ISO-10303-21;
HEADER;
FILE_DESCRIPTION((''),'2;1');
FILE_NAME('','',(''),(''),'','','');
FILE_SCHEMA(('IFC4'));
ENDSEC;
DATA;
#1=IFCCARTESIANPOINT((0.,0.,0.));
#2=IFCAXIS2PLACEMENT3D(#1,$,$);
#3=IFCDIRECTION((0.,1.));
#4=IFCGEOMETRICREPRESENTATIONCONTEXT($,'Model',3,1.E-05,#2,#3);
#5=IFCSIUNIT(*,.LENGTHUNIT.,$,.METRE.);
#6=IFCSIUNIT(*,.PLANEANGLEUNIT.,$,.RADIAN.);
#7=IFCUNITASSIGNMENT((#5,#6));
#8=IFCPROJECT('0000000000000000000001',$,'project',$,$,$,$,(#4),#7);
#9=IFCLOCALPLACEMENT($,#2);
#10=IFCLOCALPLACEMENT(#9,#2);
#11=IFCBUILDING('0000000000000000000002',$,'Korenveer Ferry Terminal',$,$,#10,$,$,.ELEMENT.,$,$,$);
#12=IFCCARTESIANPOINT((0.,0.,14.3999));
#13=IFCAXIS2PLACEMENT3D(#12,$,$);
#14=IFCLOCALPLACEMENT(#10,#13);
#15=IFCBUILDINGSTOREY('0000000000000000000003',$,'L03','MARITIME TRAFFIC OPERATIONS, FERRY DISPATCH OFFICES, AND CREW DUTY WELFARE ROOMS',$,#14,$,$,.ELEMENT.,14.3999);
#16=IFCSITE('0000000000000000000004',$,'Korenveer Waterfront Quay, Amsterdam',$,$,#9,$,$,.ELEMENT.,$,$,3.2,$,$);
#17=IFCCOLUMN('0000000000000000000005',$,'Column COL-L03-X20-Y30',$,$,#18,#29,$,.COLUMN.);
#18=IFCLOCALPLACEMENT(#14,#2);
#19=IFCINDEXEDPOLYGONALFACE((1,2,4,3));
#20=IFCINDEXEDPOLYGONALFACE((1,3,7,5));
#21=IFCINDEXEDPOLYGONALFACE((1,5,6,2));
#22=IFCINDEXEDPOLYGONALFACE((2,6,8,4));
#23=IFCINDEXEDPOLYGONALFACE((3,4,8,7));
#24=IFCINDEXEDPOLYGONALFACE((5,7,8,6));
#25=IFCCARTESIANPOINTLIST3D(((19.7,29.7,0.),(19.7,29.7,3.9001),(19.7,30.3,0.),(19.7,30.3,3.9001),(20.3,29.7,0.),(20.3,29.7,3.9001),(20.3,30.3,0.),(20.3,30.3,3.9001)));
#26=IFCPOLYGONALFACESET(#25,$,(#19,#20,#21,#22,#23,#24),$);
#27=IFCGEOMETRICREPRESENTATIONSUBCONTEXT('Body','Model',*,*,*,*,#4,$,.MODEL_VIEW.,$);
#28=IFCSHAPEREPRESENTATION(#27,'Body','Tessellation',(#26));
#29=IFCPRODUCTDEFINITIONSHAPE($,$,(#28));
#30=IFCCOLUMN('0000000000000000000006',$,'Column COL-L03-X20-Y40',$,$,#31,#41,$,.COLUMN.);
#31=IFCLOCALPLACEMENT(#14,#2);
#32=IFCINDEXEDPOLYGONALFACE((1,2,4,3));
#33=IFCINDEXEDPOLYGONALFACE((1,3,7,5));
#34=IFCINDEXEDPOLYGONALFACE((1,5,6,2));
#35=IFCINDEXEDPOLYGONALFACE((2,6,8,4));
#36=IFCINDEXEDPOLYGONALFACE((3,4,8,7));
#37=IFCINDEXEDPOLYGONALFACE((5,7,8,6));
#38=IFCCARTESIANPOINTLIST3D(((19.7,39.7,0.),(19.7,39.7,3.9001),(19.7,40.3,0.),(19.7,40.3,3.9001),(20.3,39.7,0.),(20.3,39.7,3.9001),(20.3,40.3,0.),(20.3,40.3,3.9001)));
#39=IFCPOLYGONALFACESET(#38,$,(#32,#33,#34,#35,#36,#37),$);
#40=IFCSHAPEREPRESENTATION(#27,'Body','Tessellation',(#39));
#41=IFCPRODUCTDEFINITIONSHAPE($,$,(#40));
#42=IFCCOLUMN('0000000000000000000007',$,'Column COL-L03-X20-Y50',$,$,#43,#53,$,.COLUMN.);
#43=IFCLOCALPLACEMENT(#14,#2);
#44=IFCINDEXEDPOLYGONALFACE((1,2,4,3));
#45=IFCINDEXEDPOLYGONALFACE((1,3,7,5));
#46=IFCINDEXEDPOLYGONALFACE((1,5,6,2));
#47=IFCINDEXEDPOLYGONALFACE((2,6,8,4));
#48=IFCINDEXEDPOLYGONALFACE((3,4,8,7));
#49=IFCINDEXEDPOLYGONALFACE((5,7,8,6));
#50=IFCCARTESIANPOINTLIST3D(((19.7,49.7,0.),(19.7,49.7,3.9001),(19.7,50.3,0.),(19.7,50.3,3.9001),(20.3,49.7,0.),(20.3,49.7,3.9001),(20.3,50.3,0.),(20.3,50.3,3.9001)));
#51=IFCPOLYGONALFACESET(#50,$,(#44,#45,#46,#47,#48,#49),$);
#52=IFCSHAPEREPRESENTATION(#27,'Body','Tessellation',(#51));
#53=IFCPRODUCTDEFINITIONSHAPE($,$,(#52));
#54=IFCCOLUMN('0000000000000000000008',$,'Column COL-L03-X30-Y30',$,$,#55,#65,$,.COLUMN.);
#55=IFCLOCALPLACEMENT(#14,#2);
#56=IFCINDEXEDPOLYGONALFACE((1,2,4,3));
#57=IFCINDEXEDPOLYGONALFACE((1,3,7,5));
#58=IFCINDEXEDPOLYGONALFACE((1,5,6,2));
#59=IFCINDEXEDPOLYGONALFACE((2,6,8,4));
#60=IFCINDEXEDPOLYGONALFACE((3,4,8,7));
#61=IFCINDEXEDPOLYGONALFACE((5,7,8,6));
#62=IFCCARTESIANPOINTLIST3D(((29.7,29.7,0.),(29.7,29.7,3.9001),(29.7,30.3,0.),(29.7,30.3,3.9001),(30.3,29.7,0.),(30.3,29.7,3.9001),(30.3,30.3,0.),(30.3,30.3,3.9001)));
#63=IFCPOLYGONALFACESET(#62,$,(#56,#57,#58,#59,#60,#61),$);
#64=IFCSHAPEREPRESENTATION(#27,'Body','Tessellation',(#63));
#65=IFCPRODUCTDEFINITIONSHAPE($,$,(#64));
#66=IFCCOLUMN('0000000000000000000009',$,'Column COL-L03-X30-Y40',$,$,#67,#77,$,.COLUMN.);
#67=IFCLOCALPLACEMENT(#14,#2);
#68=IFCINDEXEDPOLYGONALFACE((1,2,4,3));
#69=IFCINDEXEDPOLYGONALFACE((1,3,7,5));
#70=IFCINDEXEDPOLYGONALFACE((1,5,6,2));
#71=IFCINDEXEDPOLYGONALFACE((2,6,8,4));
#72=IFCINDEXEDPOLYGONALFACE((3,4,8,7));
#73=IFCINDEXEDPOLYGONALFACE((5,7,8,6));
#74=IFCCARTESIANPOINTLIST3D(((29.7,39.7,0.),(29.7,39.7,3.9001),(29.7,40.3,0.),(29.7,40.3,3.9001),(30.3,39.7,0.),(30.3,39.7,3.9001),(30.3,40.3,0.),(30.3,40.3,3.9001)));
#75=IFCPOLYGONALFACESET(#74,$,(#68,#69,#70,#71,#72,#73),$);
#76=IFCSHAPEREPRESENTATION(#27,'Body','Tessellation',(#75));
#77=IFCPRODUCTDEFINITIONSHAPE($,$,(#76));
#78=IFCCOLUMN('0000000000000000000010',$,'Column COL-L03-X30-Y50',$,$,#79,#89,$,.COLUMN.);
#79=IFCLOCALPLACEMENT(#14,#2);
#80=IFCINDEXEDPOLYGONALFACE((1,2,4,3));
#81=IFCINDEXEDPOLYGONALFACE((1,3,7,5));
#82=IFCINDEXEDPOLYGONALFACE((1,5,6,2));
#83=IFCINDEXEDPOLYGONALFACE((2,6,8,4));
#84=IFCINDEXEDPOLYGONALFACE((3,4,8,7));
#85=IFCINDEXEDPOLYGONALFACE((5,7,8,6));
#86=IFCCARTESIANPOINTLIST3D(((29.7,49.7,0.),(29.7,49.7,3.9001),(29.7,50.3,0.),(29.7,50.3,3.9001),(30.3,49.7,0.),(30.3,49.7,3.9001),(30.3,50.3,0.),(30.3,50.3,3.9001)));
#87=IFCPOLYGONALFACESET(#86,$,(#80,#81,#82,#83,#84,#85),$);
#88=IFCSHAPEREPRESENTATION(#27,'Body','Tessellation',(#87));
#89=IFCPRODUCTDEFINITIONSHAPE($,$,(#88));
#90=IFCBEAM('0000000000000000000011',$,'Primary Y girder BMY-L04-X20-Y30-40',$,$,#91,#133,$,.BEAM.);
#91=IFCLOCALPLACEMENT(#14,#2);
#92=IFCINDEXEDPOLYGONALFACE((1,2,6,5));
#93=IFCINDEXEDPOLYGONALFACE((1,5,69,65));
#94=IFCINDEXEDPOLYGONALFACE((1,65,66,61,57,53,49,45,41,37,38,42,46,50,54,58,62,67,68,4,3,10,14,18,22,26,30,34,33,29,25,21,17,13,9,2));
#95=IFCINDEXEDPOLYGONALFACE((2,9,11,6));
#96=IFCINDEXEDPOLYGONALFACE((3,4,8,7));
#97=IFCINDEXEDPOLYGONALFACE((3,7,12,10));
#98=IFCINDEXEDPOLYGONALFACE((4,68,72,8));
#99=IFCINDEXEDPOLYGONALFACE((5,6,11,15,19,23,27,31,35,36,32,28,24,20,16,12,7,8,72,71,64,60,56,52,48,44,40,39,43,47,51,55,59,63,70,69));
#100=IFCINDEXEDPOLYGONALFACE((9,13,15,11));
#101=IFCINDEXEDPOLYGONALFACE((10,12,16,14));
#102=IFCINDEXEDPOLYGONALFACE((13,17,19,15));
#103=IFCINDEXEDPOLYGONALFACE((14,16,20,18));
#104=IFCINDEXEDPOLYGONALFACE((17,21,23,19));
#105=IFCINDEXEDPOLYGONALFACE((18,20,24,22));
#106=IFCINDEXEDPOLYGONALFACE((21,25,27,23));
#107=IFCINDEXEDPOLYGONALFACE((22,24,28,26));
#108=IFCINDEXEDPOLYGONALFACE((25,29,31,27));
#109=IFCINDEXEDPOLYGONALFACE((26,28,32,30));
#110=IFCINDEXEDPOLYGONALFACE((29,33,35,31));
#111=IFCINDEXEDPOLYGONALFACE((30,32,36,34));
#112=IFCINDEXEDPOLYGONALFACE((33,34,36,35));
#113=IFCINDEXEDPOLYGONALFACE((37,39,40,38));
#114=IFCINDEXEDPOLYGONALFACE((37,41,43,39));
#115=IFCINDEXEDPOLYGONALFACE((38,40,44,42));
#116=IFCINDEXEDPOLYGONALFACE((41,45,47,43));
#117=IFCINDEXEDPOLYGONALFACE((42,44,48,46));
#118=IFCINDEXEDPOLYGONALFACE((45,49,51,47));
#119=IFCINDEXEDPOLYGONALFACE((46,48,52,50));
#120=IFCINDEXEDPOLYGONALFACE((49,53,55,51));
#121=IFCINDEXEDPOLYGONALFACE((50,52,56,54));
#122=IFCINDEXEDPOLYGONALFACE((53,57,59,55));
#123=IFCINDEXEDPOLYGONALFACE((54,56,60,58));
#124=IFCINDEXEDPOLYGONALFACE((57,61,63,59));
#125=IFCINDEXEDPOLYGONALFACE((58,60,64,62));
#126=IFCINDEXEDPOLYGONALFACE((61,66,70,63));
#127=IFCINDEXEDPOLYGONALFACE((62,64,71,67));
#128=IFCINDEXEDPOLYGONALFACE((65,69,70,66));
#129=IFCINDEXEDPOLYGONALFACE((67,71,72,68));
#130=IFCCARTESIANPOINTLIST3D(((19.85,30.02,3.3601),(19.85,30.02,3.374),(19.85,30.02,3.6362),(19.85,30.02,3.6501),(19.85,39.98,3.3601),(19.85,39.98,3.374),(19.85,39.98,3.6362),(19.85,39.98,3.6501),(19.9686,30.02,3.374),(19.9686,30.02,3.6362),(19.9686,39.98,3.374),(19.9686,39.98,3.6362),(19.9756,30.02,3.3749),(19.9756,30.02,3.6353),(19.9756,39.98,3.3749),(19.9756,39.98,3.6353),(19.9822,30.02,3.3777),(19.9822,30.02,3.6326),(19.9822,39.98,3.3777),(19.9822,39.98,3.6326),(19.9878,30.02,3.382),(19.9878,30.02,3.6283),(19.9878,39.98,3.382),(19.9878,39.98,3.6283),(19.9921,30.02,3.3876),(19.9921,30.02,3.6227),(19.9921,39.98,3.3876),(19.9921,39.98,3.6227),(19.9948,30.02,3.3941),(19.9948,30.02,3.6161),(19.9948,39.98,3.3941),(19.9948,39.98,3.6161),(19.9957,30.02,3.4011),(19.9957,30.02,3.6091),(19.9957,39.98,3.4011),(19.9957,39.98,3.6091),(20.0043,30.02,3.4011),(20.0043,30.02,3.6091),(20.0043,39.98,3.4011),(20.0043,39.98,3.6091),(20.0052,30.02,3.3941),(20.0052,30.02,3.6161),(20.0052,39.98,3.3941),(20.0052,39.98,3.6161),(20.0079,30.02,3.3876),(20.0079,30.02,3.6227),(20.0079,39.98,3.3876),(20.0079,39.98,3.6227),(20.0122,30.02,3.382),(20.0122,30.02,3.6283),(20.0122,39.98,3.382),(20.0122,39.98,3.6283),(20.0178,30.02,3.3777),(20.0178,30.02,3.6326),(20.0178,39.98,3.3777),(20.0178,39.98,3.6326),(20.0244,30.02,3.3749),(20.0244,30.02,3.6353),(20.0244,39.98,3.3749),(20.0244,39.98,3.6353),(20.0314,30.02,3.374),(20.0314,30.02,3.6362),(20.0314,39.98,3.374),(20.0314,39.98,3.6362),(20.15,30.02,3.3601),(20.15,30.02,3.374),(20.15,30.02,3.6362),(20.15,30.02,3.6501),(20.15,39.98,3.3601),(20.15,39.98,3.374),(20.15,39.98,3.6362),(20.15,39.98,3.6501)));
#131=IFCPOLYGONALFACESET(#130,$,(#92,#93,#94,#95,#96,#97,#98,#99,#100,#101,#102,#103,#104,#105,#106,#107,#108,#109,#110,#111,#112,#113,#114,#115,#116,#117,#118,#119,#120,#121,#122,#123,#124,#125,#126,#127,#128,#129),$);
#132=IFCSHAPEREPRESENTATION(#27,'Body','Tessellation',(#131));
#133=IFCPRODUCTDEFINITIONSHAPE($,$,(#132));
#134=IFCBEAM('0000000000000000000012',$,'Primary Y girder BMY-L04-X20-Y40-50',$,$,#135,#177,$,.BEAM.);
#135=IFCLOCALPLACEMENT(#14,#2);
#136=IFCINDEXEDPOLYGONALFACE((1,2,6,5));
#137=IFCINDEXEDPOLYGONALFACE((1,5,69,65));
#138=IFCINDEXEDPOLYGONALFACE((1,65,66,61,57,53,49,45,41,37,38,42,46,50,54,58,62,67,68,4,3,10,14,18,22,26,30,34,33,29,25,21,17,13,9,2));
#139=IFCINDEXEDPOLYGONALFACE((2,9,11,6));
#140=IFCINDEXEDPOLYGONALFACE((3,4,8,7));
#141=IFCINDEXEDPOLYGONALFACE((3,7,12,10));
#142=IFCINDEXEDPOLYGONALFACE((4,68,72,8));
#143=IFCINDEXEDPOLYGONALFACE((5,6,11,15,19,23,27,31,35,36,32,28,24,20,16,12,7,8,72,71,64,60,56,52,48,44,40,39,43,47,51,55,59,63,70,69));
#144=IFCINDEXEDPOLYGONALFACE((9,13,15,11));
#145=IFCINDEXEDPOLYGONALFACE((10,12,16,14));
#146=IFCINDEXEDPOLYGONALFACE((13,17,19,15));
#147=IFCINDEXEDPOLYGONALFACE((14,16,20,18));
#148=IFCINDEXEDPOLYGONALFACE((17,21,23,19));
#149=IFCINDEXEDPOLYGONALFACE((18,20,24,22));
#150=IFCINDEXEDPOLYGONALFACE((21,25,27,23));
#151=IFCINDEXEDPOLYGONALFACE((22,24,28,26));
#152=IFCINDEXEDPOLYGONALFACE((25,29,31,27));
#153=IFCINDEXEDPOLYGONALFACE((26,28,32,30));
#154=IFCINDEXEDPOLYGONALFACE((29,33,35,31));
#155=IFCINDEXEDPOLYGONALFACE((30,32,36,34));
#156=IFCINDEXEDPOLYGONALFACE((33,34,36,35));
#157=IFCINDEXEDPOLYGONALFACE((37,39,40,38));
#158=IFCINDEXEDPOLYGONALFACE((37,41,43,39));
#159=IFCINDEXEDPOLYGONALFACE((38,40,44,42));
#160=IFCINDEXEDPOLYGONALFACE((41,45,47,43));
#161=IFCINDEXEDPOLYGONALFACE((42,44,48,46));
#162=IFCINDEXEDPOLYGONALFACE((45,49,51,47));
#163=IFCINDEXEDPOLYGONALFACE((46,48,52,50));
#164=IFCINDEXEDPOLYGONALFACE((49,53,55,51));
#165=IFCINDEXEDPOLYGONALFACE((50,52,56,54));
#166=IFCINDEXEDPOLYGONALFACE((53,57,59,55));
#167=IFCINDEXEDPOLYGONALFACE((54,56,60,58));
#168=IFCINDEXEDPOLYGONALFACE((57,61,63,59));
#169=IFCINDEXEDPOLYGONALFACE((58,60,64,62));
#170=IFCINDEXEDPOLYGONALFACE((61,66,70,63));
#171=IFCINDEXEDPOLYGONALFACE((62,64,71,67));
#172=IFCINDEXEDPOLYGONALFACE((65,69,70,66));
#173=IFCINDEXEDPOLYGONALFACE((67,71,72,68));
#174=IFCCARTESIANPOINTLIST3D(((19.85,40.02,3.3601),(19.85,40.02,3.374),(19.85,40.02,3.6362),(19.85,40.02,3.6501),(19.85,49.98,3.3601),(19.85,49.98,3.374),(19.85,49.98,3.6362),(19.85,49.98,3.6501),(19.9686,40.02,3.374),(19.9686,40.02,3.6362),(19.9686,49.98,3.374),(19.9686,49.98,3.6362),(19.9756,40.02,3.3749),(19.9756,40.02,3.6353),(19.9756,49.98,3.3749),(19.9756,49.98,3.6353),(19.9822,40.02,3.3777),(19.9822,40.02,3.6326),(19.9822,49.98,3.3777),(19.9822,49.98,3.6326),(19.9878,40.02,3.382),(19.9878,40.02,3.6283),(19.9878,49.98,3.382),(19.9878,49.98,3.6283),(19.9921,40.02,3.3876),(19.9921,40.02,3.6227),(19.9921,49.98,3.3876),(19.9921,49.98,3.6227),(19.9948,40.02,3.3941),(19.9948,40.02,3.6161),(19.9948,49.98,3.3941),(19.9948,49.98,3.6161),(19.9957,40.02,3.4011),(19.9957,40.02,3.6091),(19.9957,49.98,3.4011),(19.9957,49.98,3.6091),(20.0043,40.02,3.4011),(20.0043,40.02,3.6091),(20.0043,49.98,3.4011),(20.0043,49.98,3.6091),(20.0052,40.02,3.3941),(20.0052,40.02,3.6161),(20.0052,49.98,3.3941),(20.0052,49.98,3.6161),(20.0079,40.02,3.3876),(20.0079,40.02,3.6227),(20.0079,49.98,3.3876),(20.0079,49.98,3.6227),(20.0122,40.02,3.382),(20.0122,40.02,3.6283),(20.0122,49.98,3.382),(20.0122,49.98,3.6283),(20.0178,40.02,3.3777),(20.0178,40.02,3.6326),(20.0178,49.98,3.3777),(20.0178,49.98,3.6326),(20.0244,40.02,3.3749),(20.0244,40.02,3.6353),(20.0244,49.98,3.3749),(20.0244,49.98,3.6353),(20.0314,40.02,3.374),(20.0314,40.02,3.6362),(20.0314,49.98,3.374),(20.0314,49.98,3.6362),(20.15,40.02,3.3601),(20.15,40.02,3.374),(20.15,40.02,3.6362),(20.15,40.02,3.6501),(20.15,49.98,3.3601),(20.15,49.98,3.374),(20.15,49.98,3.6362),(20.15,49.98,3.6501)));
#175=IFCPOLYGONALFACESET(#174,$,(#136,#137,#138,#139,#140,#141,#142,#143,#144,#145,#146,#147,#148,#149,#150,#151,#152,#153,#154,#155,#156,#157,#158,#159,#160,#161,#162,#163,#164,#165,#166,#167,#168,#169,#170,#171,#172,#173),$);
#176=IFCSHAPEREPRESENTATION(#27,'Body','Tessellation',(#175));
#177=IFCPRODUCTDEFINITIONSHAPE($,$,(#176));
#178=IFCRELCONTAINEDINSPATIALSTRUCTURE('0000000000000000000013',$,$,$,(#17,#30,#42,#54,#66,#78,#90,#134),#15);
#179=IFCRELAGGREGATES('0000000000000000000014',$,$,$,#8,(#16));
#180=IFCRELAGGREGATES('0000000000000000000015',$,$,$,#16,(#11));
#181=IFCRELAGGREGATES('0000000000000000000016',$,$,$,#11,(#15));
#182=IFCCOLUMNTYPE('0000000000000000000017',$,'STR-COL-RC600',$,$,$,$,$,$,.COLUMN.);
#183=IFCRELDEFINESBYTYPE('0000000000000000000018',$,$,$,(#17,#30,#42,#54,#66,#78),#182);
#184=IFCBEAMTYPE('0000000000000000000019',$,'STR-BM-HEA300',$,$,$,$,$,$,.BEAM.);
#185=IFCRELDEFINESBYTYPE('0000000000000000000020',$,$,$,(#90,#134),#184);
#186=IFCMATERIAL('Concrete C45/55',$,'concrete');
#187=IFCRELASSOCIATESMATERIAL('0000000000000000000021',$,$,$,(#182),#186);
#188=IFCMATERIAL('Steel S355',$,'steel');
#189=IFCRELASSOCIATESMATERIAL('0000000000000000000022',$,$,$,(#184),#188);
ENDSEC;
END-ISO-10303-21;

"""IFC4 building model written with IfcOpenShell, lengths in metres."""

from ifc_helpers import new_model, si_unit, direction, frame, origin, origin_2d, place, context, subcontext, project, spatial, rectangle, i_section, extrude, material, material_profile, profile_set, type_object, element, save


model = new_model("IFC4")

# Units and contexts
model_context = context("Model", 3, precision=1e-05, world=origin(), true_north=direction((0.0, 1.0)))
body_context = subcontext(model_context, "Body", "Model", "MODEL_VIEW")
ifc_project = project(units=[si_unit("LENGTHUNIT", "METRE"), si_unit("PLANEANGLEUNIT", "RADIAN")], contexts=[model_context])

# Site, building, storey
site_placement = place(None, origin())
site = spatial("IfcSite", under=ifc_project, at=site_placement, Name="Korenveer Waterfront Quay, Amsterdam", CompositionType="ELEMENT", RefElevation=3.2)
building_placement = place(site_placement, origin())
building = spatial("IfcBuilding", under=site, at=building_placement, Name="Korenveer Ferry Terminal", CompositionType="ELEMENT")
storey_placement = place(building_placement, frame((0.0, 0.0, 14.3999)))
storey = spatial("IfcBuildingStorey", under=building, at=storey_placement, Name="L03", Description="MARITIME TRAFFIC OPERATIONS, FERRY DISPATCH OFFICES, AND CREW DUTY WELFARE ROOMS", CompositionType="ELEMENT", Elevation=14.3999)

# Columns
ifc_material_1 = material(Name="Concrete C45/55", Category="concrete")
ifc_material_profile_1 = material_profile(ifc_material_1, rectangle(XDim=0.6001, YDim=0.6001, at=origin_2d()), Name="RC 600x600")
ifc_profile_set_1 = profile_set([ifc_material_profile_1], Name="Concrete C45/55")
column_type = type_object("IfcColumnType", Name="STR-COL-RC600", PredefinedType="COLUMN", material=ifc_profile_set_1)
for number, where, z_axis, x_axis, name in (
    (1, (20.0, 30.0, 0.0), (0.0, 0.0, 1.0), (1.0, 0.0, 0.0), "Column COL-L03-X20-Y30"),
    (2, (20.0, 40.0, 0.0), (0.0, 0.0, 1.0), (1.0, 0.0, 0.0), "Column COL-L03-X20-Y40"),
    (3, (20.0, 50.0, 0.0), (0.0, 0.0, 1.0), (1.0, 0.0, 0.0), "Column COL-L03-X20-Y50"),
    (4, (30.0, 30.0, 0.0), (0.0, 0.0, 1.0), (1.0, 0.0, 0.0), "Column COL-L03-X30-Y30"),
    (5, (30.0, 40.0, 0.0), (0.0, 0.0, 1.0), (1.0, 0.0, 0.0), "Column COL-L03-X30-Y40"),
    (6, (30.0, 50.0, 0.0), (0.0, 0.0, 1.0), (1.0, 0.0, 0.0), "Column COL-L03-X30-Y50"),
):
    element("IfcColumn", number, at=place(storey_placement, frame(where, z_axis=z_axis, x_axis=x_axis)), inside=storey, type_object=column_type, Name=name, PredefinedType="COLUMN", context=body_context, shape_type="SweptSolid", body=[
        extrude(rectangle(XDim=0.6001, YDim=0.6001, at=origin_2d()), origin(), (0.0, 0.0, 1.0), 3.9001),
    ])

# Beams
ifc_material_2 = material(Name="Steel S355", Category="steel")
ifc_material_profile_2 = material_profile(ifc_material_2, i_section(OverallWidth=0.3, OverallDepth=0.29, WebThickness=0.0085, FlangeThickness=0.0139, FilletRadius=0.0271, at=origin_2d()), Name="HEA 300")
ifc_profile_set_2 = profile_set([ifc_material_profile_2], Name="Steel S355")
beam_type_1 = type_object("IfcBeamType", Name="STR-BM-HEA300", PredefinedType="BEAM", material=ifc_profile_set_2)
for number, where, z_axis, x_axis, name in (
    (7, (20.0, 30.02, 3.5051), (0.0, 1.0, 0.0), (-1.0, 0.0, 0.0), "Primary Y girder BMY-L04-X20-Y30-40"),
    (8, (20.0, 40.02, 3.5051), (0.0, 1.0, 0.0), (-1.0, 0.0, 0.0), "Primary Y girder BMY-L04-X20-Y40-50"),
):
    element("IfcBeam", number, at=place(storey_placement, frame(where, z_axis=z_axis, x_axis=x_axis)), inside=storey, type_object=beam_type_1, Name=name, PredefinedType="BEAM", context=body_context, shape_type="SweptSolid", body=[
        extrude(i_section(OverallWidth=0.3, OverallDepth=0.29, WebThickness=0.0085, FlangeThickness=0.0139, FilletRadius=0.0271, at=origin_2d()), origin(), (0.0, 0.0, 1.0), 9.96),
    ])

save(model, "model.ifc")
